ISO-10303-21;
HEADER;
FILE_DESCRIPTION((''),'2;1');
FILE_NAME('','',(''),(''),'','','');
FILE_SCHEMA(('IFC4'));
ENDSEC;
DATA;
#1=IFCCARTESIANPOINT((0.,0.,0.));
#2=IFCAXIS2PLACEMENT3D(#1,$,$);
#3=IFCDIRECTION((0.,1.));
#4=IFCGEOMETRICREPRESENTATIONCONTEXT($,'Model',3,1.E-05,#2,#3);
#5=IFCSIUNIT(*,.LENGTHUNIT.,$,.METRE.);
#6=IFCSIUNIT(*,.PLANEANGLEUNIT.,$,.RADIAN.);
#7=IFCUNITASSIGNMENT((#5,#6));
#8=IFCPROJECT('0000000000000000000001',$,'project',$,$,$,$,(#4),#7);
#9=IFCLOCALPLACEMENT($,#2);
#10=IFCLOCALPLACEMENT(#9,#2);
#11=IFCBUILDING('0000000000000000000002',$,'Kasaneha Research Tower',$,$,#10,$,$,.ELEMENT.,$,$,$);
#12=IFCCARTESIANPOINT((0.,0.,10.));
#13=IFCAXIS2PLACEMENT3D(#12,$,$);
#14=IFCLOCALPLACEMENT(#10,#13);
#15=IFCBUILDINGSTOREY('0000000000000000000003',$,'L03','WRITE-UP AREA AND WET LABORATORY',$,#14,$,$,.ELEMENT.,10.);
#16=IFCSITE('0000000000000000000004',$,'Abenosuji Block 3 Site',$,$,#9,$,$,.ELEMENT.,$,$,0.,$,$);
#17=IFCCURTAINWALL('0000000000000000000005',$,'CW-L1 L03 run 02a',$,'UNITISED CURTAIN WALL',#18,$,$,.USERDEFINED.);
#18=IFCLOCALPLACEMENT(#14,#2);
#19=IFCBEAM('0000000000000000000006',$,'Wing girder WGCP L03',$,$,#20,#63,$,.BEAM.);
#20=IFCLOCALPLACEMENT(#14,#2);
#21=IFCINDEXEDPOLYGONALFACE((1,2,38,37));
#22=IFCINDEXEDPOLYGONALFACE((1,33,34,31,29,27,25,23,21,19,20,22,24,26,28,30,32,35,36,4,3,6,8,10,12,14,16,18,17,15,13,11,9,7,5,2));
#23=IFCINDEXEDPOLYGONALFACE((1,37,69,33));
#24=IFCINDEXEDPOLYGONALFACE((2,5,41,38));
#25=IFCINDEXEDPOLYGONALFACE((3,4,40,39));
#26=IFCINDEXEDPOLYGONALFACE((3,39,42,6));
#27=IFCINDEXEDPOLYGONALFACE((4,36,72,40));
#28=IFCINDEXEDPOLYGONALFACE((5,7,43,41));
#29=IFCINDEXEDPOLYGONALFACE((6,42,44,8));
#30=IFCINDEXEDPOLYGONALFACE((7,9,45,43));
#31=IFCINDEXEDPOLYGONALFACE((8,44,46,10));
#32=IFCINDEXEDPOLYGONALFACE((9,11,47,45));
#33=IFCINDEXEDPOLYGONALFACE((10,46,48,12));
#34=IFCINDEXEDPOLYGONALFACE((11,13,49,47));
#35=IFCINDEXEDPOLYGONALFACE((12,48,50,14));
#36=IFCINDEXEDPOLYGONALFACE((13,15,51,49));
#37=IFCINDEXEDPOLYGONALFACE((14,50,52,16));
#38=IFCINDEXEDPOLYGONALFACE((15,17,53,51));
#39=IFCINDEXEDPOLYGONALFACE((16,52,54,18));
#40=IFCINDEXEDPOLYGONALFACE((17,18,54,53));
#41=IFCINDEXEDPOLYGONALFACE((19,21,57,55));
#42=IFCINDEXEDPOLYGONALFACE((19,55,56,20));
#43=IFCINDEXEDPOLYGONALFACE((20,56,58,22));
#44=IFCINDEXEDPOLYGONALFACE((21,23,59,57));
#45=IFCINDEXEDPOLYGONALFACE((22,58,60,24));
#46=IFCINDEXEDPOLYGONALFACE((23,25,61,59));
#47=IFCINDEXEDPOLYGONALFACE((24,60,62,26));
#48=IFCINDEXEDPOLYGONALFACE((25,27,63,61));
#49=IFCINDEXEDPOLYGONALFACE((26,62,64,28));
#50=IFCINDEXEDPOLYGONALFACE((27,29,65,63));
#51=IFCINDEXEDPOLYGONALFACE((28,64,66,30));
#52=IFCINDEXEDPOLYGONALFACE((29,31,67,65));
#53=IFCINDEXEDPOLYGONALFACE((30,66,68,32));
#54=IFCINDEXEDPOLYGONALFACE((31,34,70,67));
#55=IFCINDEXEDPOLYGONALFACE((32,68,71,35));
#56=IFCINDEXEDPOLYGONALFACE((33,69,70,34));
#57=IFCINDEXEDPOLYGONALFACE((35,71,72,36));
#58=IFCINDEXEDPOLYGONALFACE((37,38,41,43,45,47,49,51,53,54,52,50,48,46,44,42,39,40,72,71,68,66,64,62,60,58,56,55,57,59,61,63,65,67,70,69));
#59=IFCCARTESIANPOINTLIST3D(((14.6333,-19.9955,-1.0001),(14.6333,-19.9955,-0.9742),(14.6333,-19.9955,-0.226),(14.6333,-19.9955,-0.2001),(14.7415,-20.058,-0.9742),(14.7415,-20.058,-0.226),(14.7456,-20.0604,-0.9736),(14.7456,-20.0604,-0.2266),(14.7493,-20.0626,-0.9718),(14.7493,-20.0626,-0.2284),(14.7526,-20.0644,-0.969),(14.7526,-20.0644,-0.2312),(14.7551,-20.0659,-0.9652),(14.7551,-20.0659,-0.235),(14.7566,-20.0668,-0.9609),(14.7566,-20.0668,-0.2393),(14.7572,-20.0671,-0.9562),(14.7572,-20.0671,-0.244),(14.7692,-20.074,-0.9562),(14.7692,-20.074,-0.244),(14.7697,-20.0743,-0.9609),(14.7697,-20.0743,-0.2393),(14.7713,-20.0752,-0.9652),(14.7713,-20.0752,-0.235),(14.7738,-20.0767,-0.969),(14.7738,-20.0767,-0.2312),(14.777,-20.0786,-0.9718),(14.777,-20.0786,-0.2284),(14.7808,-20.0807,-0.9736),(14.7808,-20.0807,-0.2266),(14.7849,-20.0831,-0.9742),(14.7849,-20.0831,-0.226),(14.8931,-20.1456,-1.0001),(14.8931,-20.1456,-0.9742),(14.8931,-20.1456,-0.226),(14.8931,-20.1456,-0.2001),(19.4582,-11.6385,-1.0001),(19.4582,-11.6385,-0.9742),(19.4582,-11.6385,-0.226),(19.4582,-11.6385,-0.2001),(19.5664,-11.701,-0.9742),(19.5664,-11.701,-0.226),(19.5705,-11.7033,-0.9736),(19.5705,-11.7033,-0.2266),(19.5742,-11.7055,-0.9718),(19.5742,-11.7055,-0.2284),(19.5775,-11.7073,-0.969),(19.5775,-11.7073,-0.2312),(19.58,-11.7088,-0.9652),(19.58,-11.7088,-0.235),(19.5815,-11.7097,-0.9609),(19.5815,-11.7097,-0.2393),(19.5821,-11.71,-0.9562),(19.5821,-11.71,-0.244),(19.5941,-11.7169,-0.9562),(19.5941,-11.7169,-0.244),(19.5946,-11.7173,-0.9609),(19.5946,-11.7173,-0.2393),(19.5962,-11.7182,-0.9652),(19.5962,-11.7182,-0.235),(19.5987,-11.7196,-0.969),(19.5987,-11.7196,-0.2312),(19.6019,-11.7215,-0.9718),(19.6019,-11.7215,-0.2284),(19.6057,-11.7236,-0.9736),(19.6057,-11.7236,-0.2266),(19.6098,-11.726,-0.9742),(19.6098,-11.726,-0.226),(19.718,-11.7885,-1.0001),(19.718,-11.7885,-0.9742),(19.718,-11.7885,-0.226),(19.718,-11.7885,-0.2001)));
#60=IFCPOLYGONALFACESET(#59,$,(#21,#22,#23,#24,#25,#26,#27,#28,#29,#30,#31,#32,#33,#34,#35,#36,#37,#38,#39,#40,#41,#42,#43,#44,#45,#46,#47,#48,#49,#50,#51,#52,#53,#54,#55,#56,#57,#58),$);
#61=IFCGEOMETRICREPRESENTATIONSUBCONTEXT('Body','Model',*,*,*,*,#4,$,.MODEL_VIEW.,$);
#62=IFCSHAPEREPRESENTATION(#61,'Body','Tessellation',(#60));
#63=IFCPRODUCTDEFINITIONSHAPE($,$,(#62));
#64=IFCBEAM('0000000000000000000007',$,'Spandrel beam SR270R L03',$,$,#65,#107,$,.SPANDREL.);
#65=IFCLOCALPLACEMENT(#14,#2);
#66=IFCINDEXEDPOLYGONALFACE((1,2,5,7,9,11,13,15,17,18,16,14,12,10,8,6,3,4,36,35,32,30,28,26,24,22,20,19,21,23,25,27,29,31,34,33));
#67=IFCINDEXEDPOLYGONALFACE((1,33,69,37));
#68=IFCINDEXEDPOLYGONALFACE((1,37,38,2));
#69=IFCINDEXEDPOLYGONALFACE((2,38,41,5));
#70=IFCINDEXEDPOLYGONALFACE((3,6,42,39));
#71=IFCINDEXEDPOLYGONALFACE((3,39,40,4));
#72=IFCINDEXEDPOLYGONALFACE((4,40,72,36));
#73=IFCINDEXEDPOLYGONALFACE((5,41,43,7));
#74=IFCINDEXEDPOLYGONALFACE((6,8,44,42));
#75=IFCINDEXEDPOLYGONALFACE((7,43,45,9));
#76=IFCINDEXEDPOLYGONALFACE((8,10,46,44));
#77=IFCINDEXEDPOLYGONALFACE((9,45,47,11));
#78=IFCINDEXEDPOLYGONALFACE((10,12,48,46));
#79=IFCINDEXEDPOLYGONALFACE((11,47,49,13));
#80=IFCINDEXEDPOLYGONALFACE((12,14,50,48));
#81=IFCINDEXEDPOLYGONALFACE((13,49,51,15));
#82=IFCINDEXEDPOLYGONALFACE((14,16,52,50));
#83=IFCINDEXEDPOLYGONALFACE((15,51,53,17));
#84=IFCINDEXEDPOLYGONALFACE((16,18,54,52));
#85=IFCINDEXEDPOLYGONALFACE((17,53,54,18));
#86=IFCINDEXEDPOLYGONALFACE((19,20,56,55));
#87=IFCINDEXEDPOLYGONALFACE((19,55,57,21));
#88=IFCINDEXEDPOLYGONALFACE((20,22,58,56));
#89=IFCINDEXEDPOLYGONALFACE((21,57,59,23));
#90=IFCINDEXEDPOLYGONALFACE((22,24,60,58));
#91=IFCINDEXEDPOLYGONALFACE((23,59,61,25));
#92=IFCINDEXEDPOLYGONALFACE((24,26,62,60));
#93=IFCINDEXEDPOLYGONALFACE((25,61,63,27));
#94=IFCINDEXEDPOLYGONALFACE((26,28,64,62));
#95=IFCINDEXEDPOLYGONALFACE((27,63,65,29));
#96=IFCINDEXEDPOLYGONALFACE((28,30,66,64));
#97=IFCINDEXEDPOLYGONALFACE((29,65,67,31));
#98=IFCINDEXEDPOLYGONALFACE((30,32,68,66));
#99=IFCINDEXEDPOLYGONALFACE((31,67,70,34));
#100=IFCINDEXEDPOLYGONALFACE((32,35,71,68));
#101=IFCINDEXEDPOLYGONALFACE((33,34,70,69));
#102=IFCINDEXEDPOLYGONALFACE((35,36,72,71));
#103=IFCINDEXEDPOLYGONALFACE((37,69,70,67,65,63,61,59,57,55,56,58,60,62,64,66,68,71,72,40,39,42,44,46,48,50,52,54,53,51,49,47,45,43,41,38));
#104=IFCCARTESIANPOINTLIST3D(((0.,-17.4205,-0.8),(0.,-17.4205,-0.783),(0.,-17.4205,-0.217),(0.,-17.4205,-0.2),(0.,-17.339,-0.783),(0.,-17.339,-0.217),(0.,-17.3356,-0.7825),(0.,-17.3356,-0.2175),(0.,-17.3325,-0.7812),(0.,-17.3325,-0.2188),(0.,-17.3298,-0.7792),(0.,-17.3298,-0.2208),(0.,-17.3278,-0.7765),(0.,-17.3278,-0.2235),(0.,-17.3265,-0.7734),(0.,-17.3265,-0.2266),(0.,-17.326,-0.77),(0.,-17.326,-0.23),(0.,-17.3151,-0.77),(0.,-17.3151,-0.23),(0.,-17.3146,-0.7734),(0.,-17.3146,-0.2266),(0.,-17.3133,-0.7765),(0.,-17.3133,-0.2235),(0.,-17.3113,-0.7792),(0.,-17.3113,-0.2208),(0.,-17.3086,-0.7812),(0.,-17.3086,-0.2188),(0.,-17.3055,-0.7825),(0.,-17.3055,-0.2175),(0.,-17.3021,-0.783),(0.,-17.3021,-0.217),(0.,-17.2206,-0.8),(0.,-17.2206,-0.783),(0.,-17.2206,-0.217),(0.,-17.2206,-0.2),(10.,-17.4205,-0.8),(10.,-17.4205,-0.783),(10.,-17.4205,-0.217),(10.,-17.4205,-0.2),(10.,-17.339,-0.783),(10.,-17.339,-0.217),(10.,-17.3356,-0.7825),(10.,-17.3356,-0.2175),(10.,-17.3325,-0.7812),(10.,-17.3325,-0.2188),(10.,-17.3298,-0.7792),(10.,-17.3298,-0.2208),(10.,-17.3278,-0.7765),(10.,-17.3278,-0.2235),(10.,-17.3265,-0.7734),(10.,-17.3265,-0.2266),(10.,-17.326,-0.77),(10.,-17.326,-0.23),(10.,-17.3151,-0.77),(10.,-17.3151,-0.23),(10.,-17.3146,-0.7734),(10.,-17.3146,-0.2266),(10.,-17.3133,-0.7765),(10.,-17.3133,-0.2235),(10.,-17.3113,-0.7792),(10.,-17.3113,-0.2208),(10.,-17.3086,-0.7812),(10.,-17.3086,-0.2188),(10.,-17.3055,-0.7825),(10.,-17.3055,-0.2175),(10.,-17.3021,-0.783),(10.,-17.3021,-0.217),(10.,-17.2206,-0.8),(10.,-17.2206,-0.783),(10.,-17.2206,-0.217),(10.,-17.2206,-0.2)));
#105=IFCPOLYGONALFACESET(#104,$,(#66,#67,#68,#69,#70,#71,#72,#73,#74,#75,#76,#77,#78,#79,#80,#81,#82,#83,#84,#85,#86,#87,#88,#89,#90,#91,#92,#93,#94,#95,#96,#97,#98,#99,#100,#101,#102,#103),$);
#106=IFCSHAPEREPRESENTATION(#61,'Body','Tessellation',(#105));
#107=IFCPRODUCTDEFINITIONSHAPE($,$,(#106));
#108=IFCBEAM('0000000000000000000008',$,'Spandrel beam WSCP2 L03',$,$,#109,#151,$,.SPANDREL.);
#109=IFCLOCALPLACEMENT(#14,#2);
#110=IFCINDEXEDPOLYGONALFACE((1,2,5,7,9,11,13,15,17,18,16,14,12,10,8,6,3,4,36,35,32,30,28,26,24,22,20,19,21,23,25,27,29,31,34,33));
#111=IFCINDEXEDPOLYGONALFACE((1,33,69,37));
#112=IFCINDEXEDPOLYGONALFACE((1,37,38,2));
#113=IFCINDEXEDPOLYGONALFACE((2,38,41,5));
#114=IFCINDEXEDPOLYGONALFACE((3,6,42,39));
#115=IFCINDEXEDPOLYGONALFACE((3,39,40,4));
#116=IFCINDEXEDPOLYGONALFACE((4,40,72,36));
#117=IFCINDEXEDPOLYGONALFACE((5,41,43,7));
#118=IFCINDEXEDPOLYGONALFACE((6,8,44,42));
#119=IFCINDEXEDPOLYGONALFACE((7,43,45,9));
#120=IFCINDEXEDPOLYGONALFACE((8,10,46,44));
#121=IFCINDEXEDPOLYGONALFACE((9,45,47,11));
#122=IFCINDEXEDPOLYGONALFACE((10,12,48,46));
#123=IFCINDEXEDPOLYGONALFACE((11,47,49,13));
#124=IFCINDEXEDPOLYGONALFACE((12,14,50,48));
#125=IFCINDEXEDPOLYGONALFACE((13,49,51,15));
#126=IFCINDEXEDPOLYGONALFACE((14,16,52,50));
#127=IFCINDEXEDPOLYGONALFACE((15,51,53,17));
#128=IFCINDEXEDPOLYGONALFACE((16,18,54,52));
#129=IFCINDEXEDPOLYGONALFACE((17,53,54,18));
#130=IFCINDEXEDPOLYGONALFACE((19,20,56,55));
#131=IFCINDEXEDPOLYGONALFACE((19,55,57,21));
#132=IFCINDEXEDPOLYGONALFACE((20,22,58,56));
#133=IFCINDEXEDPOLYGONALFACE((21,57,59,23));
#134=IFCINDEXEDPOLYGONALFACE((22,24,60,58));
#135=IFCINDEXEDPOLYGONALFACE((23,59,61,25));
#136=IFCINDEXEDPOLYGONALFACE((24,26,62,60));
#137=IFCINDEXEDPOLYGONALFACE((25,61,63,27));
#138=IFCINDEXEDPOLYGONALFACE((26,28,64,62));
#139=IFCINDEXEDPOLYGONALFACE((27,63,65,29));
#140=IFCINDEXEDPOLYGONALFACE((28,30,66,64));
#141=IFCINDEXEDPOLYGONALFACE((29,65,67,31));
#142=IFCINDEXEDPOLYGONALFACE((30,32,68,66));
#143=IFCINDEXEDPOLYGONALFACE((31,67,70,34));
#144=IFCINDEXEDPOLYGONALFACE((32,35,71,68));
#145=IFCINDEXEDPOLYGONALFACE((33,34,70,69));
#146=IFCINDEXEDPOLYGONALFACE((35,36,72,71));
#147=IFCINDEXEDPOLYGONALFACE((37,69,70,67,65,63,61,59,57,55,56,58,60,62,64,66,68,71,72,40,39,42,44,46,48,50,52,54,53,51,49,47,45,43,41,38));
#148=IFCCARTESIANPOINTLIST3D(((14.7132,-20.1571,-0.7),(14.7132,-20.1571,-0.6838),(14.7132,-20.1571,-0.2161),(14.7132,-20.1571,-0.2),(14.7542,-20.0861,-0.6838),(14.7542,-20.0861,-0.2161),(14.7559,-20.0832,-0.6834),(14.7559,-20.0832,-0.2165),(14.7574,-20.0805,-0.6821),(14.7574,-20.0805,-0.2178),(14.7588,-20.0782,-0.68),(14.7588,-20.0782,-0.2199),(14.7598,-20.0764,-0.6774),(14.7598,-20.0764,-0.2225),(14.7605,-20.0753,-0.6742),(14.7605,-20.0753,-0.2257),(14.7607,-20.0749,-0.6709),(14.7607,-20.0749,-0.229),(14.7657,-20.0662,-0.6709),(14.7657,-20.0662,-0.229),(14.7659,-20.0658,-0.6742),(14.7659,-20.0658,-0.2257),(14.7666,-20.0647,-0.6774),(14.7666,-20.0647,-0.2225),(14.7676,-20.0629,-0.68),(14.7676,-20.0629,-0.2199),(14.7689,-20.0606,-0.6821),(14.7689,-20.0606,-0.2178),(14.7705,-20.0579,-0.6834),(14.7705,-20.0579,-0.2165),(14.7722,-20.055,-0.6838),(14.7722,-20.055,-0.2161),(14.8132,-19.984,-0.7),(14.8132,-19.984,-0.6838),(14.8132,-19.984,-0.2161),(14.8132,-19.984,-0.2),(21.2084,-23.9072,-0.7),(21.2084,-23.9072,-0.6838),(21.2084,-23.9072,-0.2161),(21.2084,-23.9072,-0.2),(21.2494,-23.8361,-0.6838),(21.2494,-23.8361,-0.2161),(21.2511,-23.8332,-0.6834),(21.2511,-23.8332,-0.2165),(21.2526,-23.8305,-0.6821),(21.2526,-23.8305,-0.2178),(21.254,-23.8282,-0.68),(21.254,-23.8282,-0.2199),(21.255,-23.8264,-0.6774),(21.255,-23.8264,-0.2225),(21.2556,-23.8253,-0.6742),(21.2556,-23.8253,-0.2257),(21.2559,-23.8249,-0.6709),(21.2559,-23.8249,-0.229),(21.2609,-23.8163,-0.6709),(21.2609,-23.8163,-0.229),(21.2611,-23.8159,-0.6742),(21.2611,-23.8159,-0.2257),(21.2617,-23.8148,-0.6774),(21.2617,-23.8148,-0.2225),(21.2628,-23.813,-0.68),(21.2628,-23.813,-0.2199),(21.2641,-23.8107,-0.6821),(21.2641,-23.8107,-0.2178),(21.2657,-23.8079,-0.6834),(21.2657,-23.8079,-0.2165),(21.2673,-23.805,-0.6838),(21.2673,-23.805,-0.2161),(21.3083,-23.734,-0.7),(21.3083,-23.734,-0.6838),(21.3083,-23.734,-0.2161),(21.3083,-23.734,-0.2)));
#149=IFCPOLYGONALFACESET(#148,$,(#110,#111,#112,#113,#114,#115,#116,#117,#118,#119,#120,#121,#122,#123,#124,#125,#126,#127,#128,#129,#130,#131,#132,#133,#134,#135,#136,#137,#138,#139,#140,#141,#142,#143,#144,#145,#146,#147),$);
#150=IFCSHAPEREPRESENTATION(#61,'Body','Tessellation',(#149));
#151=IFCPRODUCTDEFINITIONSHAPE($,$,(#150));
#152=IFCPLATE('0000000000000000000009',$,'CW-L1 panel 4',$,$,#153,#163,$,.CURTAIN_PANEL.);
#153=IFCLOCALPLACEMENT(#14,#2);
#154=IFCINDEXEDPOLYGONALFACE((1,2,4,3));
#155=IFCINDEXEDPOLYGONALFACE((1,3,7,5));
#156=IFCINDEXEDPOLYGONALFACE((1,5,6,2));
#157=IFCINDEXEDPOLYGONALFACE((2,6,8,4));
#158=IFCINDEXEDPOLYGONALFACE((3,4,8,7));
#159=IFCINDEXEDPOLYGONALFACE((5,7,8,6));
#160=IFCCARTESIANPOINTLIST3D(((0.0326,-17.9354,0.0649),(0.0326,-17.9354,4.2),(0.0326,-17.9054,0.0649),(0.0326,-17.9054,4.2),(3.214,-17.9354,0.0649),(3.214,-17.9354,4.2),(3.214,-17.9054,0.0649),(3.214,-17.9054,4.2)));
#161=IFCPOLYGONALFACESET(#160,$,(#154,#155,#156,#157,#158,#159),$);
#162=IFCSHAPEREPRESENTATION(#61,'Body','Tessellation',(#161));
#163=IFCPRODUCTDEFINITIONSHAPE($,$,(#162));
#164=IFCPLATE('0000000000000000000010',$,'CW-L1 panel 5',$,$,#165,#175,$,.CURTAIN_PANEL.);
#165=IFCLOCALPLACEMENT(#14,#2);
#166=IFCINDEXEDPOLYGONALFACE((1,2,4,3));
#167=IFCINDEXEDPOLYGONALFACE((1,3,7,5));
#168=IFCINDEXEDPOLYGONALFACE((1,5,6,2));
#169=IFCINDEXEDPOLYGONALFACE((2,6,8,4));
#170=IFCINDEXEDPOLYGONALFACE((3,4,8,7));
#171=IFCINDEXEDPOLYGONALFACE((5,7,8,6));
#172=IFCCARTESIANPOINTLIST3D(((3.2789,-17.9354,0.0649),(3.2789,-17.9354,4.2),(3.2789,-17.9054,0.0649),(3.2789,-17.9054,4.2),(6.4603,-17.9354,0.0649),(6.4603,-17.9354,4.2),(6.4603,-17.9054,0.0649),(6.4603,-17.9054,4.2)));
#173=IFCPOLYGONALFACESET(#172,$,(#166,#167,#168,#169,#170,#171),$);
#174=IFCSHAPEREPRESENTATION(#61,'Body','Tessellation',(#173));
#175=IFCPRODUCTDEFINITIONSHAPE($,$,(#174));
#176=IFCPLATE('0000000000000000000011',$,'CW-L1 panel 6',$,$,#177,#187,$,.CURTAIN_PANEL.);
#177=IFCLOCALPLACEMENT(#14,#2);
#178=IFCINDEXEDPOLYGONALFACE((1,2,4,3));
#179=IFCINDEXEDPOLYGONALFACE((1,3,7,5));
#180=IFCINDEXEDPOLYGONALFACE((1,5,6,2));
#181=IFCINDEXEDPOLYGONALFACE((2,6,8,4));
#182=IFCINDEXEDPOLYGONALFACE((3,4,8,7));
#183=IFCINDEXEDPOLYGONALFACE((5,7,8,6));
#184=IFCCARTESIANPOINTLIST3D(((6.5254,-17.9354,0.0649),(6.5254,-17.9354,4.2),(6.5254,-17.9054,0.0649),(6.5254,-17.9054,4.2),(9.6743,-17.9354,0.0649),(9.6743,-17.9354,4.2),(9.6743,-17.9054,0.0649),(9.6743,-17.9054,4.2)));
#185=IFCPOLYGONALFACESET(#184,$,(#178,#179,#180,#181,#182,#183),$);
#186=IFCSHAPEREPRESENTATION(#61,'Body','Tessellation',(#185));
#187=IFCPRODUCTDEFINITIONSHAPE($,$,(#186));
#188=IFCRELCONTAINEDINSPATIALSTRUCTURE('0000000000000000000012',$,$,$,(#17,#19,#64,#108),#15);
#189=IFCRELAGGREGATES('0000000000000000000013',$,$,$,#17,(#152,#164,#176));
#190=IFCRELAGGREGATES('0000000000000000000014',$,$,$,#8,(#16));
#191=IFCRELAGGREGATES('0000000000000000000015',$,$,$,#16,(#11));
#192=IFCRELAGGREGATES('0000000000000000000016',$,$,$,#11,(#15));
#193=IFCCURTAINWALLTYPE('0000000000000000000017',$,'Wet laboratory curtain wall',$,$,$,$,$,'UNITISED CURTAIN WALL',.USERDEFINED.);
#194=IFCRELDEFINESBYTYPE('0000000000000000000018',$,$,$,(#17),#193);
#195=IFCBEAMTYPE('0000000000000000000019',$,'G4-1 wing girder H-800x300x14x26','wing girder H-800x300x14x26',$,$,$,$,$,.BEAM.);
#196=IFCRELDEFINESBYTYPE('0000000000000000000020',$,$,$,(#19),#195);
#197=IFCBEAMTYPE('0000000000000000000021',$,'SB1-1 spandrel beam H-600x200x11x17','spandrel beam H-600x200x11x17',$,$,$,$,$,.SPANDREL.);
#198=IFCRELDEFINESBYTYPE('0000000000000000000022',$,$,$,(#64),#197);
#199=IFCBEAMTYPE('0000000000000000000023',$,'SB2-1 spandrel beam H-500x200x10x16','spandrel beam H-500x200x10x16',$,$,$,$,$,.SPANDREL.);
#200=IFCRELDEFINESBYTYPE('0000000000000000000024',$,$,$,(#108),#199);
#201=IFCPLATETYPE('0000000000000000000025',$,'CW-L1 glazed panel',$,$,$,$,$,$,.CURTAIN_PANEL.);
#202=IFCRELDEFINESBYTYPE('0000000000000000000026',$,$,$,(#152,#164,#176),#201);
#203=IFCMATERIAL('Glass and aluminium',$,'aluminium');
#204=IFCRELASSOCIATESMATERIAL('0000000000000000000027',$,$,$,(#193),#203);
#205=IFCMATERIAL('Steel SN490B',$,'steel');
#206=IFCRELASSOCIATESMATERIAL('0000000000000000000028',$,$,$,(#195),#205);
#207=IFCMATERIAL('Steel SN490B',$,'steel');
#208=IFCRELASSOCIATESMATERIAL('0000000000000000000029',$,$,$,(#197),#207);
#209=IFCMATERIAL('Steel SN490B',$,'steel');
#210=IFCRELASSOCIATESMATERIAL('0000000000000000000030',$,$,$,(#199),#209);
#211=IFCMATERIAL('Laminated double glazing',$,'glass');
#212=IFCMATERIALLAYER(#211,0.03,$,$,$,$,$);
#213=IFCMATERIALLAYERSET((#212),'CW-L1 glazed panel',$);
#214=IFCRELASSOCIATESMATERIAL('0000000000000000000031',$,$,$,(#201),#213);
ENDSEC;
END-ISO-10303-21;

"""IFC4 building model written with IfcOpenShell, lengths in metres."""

from ifc_helpers import new_model, si_unit, direction, frame, origin, origin_2d, place, context, subcontext, project, spatial, rectangle, i_section, extrude, material, layer, layer_set, material_profile, profile_set, type_object, element, aggregate, save


model = new_model("IFC4")

# Units and contexts
model_context = context("Model", 3, precision=1e-05, world=origin(), true_north=direction((0.0, 1.0)))
body_context = subcontext(model_context, "Body", "Model", "MODEL_VIEW")
ifc_project = project(units=[si_unit("LENGTHUNIT", "METRE"), si_unit("PLANEANGLEUNIT", "RADIAN")], contexts=[model_context])

# Site, building, storey
site_placement = place(None, origin())
site = spatial("IfcSite", under=ifc_project, at=site_placement, Name="Abenosuji Block 3 Site", CompositionType="ELEMENT", RefElevation=0.0)
building_placement = place(site_placement, origin())
building = spatial("IfcBuilding", under=site, at=building_placement, Name="Kasaneha Research Tower", CompositionType="ELEMENT")
storey_placement = place(building_placement, frame((0.0, 0.0, 10.0)))
storey = spatial("IfcBuildingStorey", under=building, at=storey_placement, Name="L03", Description="WRITE-UP AREA AND WET LABORATORY", CompositionType="ELEMENT", Elevation=10.0)

# Curtain wall
ifc_material_1 = material(Name="Glass and aluminium", Category="aluminium")
curtain_wall_type = type_object("IfcCurtainWallType", Name="Wet laboratory curtain wall", ElementType="UNITISED CURTAIN WALL", PredefinedType="USERDEFINED", material=ifc_material_1)
curtain_wall_1_placement = place(storey_placement, origin())
curtain_wall_1 = element("IfcCurtainWall", 1, at=curtain_wall_1_placement, inside=storey, type_object=curtain_wall_type, Name="CW-L1 L03 run 02a", ObjectType="UNITISED CURTAIN WALL", PredefinedType="USERDEFINED")

# Beams
ifc_material_2 = material(Name="Steel SN490B", Category="steel")
ifc_material_profile_1 = material_profile(ifc_material_2, i_section(OverallWidth=0.3, OverallDepth=0.8, WebThickness=0.0139, FlangeThickness=0.0259, FilletRadius=0.0181, at=origin_2d()), Name="H-800x300x14x26")
ifc_profile_set_1 = profile_set([ifc_material_profile_1], Name="Steel SN490B")
beam_type_1 = type_object("IfcBeamType", Name="G4-1 wing girder H-800x300x14x26", Description="wing girder H-800x300x14x26", PredefinedType="BEAM", material=ifc_profile_set_1)
beam_1_placement = place(storey_placement, frame((14.7632, -20.0706, -0.6001), z_axis=(0.499995, 0.866028, 0.0), x_axis=(-0.866028, 0.499995, 0.0)))
element("IfcBeam", 2, at=beam_1_placement, inside=storey, type_object=beam_type_1, Name="Wing girder WGCP L03", PredefinedType="BEAM", context=body_context, shape_type="SweptSolid", body=[
    extrude(i_section(OverallWidth=0.3, OverallDepth=0.8, WebThickness=0.0139, FlangeThickness=0.0259, FilletRadius=0.0181, at=origin_2d()), origin(), (0.0, 0.0, 1.0), 9.6499),
])
ifc_material_3 = material(Name="Steel SN490B", Category="steel")
ifc_material_profile_2 = material_profile(ifc_material_3, i_section(OverallWidth=0.2, OverallDepth=0.6001, WebThickness=0.011, FlangeThickness=0.0171, FilletRadius=0.0129, at=origin_2d()), Name="H-600x200x11x17")
ifc_profile_set_2 = profile_set([ifc_material_profile_2], Name="Steel SN490B")
beam_type_2 = type_object("IfcBeamType", Name="SB1-1 spandrel beam H-600x200x11x17", Description="spandrel beam H-600x200x11x17", PredefinedType="SPANDREL", material=ifc_profile_set_2)
beam_2_placement = place(storey_placement, frame((10.0, -17.3206, -0.5), z_axis=(-1.0, 0.0, 0.0), x_axis=(0.0, -1.0, 0.0)))
element("IfcBeam", 3, at=beam_2_placement, inside=storey, type_object=beam_type_2, Name="Spandrel beam SR270R L03", PredefinedType="SPANDREL", context=body_context, shape_type="SweptSolid", body=[
    extrude(i_section(OverallWidth=0.2, OverallDepth=0.6001, WebThickness=0.011, FlangeThickness=0.0171, FilletRadius=0.0129, at=origin_2d()), origin(), (0.0, 0.0, 1.0), 10.0),
])
ifc_material_4 = material(Name="Steel SN490B", Category="steel")
ifc_material_profile_3 = material_profile(ifc_material_4, i_section(OverallWidth=0.2, OverallDepth=0.5, WebThickness=0.01, FlangeThickness=0.0161, FilletRadius=0.0129, at=origin_2d()), Name="H-500x200x10x16")
ifc_profile_set_3 = profile_set([ifc_material_profile_3], Name="Steel SN490B")
beam_type_3 = type_object("IfcBeamType", Name="SB2-1 spandrel beam H-500x200x10x16", Description="spandrel beam H-500x200x10x16", PredefinedType="SPANDREL", material=ifc_profile_set_3)
beam_3_placement = place(storey_placement, frame((14.7632, -20.0706, -0.45), z_axis=(0.866023, -0.500004, 0.0), x_axis=(0.500004, 0.866023, 0.0)))
element("IfcBeam", 4, at=beam_3_placement, inside=storey, type_object=beam_type_3, Name="Spandrel beam WSCP2 L03", PredefinedType="SPANDREL", context=body_context, shape_type="SweptSolid", body=[
    extrude(i_section(OverallWidth=0.2, OverallDepth=0.5, WebThickness=0.01, FlangeThickness=0.0161, FilletRadius=0.0129, at=origin_2d()), origin(), (0.0, 0.0, 1.0), 7.5),
])

# Plates
ifc_material_5 = material(Name="Laminated double glazing", Category="glass")
ifc_layer_1 = layer(ifc_material_5, 0.03)
ifc_layer_set_1 = layer_set([ifc_layer_1], Name="CW-L1 glazed panel")
plate_type = type_object("IfcPlateType", Name="CW-L1 glazed panel", PredefinedType="CURTAIN_PANEL", material=ifc_layer_set_1)
plate_1_placement = place(storey_placement, frame((1.6233, -17.9204, 0.0649), z_axis=(0.0, 0.0, 1.0), x_axis=(1.0, 0.0, 0.0)))
plate_1 = element("IfcPlate", 5, at=plate_1_placement, type_object=plate_type, Name="CW-L1 panel 4", PredefinedType="CURTAIN_PANEL", context=body_context, shape_type="SweptSolid", body=[
    extrude(rectangle(XDim=3.1814, YDim=0.03, at=origin_2d()), origin(), (0.0, 0.0, 1.0), 4.135),
])
plate_2_placement = place(storey_placement, frame((4.8696, -17.9204, 0.0649), z_axis=(0.0, 0.0, 1.0), x_axis=(1.0, 0.0, 0.0)))
plate_2 = element("IfcPlate", 6, at=plate_2_placement, type_object=plate_type, Name="CW-L1 panel 5", PredefinedType="CURTAIN_PANEL", context=body_context, shape_type="SweptSolid", body=[
    extrude(rectangle(XDim=3.1814, YDim=0.03, at=origin_2d()), origin(), (0.0, 0.0, 1.0), 4.135),
])
plate_3_placement = place(storey_placement, frame((8.0999, -17.9204, 0.0649), z_axis=(0.0, 0.0, 1.0), x_axis=(1.0, 0.0, 0.0)))
plate_3 = element("IfcPlate", 7, at=plate_3_placement, type_object=plate_type, Name="CW-L1 panel 6", PredefinedType="CURTAIN_PANEL", context=body_context, shape_type="SweptSolid", body=[
    extrude(rectangle(XDim=3.1489, YDim=0.03, at=origin_2d()), origin(), (0.0, 0.0, 1.0), 4.135),
])
aggregate(curtain_wall_1, [plate_1, plate_2, plate_3])

save(model, "model.ifc")
